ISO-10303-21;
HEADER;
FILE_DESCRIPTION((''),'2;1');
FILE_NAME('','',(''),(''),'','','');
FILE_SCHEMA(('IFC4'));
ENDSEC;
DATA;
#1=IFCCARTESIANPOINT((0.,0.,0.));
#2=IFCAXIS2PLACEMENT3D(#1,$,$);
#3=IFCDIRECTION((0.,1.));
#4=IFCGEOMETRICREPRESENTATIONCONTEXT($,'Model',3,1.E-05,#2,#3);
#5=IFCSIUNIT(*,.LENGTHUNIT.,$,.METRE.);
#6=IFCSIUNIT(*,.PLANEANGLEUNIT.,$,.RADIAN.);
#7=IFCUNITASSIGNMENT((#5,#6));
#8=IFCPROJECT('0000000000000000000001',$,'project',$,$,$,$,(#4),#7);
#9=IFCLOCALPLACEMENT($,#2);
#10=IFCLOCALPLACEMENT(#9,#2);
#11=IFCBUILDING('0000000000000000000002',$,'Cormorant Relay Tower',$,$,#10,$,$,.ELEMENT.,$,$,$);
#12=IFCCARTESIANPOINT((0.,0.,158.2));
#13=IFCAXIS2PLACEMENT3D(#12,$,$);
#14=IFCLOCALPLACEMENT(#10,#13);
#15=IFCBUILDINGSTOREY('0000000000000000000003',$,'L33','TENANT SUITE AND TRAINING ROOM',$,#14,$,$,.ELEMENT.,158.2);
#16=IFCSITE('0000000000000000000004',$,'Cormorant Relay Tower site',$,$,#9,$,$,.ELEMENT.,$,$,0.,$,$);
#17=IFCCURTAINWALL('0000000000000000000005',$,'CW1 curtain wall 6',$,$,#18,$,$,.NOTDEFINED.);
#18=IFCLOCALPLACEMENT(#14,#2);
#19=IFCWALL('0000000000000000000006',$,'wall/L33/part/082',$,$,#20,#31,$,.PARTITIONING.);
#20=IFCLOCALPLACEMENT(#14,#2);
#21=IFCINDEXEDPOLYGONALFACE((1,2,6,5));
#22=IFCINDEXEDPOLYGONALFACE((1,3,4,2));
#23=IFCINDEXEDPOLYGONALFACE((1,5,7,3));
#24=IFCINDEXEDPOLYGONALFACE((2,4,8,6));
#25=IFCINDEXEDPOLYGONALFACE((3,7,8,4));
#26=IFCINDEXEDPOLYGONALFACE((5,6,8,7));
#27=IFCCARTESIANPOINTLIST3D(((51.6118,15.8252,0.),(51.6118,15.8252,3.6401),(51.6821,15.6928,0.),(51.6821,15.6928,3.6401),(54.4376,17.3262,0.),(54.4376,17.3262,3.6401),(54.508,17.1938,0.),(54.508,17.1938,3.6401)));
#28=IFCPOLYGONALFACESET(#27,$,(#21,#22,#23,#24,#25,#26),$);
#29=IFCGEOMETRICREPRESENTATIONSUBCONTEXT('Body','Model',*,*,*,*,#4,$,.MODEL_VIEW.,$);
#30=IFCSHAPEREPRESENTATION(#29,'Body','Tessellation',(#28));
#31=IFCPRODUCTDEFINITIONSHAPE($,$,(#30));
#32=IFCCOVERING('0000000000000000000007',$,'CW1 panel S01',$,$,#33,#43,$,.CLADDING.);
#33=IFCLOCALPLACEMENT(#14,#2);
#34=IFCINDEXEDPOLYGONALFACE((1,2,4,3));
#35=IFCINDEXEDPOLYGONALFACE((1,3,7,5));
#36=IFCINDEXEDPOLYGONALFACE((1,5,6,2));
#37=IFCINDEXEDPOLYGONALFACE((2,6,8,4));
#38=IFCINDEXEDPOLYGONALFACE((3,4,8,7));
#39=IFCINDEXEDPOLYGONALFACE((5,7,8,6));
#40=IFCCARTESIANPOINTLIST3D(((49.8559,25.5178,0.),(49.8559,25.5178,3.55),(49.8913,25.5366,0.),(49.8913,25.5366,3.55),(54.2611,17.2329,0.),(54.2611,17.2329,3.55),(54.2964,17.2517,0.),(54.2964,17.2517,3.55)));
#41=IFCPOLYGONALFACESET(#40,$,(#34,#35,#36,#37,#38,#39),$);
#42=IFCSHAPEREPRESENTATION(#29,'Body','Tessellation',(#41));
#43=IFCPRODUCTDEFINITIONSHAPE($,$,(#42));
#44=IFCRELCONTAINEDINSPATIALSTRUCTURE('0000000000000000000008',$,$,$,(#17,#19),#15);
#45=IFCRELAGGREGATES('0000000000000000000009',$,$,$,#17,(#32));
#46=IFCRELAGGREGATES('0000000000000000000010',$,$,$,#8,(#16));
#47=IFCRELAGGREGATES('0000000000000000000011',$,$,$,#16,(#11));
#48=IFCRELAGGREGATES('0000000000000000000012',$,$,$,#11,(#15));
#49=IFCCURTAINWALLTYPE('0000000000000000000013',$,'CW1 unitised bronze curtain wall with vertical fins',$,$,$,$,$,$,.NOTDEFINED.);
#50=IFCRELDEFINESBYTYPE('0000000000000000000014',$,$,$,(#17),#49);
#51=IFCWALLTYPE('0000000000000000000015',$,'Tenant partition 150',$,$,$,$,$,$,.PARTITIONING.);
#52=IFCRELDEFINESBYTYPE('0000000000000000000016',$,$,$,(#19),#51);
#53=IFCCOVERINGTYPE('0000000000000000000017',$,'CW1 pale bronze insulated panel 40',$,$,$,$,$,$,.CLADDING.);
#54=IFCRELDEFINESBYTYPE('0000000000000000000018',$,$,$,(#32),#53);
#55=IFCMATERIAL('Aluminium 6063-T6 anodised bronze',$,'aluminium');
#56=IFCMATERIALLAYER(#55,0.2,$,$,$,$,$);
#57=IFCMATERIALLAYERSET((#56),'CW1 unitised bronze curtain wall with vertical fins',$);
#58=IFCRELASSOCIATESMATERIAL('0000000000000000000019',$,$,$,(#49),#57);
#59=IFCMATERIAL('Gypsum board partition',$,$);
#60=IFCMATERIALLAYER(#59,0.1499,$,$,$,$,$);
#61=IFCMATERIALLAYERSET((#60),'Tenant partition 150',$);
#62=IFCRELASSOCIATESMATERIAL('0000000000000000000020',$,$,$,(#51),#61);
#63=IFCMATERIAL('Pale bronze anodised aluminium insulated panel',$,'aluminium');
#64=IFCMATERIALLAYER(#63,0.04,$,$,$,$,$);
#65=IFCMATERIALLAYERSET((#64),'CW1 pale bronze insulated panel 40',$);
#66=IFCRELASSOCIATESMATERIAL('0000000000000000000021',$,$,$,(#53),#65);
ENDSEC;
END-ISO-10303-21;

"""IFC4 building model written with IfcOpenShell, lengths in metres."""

from ifc_helpers import new_model, si_unit, direction, frame, frame_2d, origin, origin_2d, place, context, subcontext, project, spatial, rectangle, extrude, material, layer, layer_set, type_object, element, aggregate, save


model = new_model("IFC4")

# Units and contexts
model_context = context("Model", 3, precision=1e-05, world=origin(), true_north=direction((0.0, 1.0)))
body_context = subcontext(model_context, "Body", "Model", "MODEL_VIEW")
ifc_project = project(units=[si_unit("LENGTHUNIT", "METRE"), si_unit("PLANEANGLEUNIT", "RADIAN")], contexts=[model_context])

# Site, building, storey
site_placement = place(None, origin())
site = spatial("IfcSite", under=ifc_project, at=site_placement, Name="Cormorant Relay Tower site", CompositionType="ELEMENT", RefElevation=0.0)
building_placement = place(site_placement, origin())
building = spatial("IfcBuilding", under=site, at=building_placement, Name="Cormorant Relay Tower", CompositionType="ELEMENT")
storey_placement = place(building_placement, frame((0.0, 0.0, 158.2)))
storey = spatial("IfcBuildingStorey", under=building, at=storey_placement, Name="L33", Description="TENANT SUITE AND TRAINING ROOM", CompositionType="ELEMENT", Elevation=158.2)

# Curtain wall
ifc_material_1 = material(Name="Aluminium 6063-T6 anodised bronze", Category="aluminium")
ifc_layer_1 = layer(ifc_material_1, 0.2)
ifc_layer_set_1 = layer_set([ifc_layer_1], Name="CW1 unitised bronze curtain wall with vertical fins")
curtain_wall_type = type_object("IfcCurtainWallType", Name="CW1 unitised bronze curtain wall with vertical fins", PredefinedType="NOTDEFINED", material=ifc_layer_set_1)
curtain_wall_1_placement = place(storey_placement, origin())
curtain_wall_1 = element("IfcCurtainWall", 1, at=curtain_wall_1_placement, inside=storey, type_object=curtain_wall_type, Name="CW1 curtain wall 6", PredefinedType="NOTDEFINED")

# Wall
ifc_material_2 = material(Name="Gypsum board partition")
ifc_layer_2 = layer(ifc_material_2, 0.1499)
ifc_layer_set_2 = layer_set([ifc_layer_2], Name="Tenant partition 150")
wall_type_1 = type_object("IfcWallType", Name="Tenant partition 150", PredefinedType="PARTITIONING", material=ifc_layer_set_2)
wall_1_placement = place(storey_placement, frame((51.647, 15.759, 0.0), z_axis=(0.0, 0.0, 1.0), x_axis=(0.883154, 0.469083, 0.0)))
element("IfcWall", 2, at=wall_1_placement, inside=storey, type_object=wall_type_1, Name="wall/L33/part/082", PredefinedType="PARTITIONING", context=body_context, shape_type="SweptSolid", body=[
    extrude(rectangle(XDim=3.1997, YDim=0.1499, at=frame_2d((1.5999, 0.0))), origin(), (0.0, 0.0, 1.0), 3.6401),
])

# Covering
ifc_material_3 = material(Name="Pale bronze anodised aluminium insulated panel", Category="aluminium")
ifc_layer_3 = layer(ifc_material_3, 0.04)
ifc_layer_set_3 = layer_set([ifc_layer_3], Name="CW1 pale bronze insulated panel 40")
covering_type = type_object("IfcCoveringType", Name="CW1 pale bronze insulated panel 40", PredefinedType="CLADDING", material=ifc_layer_set_3)
covering_placement = place(storey_placement, frame((52.0762, 21.3848, 0.0), z_axis=(0.0, 0.0, 1.0), x_axis=(-0.469472, 0.882948, 0.0)))
covering = element("IfcCovering", 3, at=covering_placement, type_object=covering_type, Name="CW1 panel S01", PredefinedType="CLADDING", context=body_context, shape_type="SweptSolid", body=[
    extrude(rectangle(XDim=9.3833, YDim=0.04, at=origin_2d()), origin(), (0.0, 0.0, 1.0), 3.55),
])
aggregate(curtain_wall_1, [covering])

save(model, "model.ifc")
